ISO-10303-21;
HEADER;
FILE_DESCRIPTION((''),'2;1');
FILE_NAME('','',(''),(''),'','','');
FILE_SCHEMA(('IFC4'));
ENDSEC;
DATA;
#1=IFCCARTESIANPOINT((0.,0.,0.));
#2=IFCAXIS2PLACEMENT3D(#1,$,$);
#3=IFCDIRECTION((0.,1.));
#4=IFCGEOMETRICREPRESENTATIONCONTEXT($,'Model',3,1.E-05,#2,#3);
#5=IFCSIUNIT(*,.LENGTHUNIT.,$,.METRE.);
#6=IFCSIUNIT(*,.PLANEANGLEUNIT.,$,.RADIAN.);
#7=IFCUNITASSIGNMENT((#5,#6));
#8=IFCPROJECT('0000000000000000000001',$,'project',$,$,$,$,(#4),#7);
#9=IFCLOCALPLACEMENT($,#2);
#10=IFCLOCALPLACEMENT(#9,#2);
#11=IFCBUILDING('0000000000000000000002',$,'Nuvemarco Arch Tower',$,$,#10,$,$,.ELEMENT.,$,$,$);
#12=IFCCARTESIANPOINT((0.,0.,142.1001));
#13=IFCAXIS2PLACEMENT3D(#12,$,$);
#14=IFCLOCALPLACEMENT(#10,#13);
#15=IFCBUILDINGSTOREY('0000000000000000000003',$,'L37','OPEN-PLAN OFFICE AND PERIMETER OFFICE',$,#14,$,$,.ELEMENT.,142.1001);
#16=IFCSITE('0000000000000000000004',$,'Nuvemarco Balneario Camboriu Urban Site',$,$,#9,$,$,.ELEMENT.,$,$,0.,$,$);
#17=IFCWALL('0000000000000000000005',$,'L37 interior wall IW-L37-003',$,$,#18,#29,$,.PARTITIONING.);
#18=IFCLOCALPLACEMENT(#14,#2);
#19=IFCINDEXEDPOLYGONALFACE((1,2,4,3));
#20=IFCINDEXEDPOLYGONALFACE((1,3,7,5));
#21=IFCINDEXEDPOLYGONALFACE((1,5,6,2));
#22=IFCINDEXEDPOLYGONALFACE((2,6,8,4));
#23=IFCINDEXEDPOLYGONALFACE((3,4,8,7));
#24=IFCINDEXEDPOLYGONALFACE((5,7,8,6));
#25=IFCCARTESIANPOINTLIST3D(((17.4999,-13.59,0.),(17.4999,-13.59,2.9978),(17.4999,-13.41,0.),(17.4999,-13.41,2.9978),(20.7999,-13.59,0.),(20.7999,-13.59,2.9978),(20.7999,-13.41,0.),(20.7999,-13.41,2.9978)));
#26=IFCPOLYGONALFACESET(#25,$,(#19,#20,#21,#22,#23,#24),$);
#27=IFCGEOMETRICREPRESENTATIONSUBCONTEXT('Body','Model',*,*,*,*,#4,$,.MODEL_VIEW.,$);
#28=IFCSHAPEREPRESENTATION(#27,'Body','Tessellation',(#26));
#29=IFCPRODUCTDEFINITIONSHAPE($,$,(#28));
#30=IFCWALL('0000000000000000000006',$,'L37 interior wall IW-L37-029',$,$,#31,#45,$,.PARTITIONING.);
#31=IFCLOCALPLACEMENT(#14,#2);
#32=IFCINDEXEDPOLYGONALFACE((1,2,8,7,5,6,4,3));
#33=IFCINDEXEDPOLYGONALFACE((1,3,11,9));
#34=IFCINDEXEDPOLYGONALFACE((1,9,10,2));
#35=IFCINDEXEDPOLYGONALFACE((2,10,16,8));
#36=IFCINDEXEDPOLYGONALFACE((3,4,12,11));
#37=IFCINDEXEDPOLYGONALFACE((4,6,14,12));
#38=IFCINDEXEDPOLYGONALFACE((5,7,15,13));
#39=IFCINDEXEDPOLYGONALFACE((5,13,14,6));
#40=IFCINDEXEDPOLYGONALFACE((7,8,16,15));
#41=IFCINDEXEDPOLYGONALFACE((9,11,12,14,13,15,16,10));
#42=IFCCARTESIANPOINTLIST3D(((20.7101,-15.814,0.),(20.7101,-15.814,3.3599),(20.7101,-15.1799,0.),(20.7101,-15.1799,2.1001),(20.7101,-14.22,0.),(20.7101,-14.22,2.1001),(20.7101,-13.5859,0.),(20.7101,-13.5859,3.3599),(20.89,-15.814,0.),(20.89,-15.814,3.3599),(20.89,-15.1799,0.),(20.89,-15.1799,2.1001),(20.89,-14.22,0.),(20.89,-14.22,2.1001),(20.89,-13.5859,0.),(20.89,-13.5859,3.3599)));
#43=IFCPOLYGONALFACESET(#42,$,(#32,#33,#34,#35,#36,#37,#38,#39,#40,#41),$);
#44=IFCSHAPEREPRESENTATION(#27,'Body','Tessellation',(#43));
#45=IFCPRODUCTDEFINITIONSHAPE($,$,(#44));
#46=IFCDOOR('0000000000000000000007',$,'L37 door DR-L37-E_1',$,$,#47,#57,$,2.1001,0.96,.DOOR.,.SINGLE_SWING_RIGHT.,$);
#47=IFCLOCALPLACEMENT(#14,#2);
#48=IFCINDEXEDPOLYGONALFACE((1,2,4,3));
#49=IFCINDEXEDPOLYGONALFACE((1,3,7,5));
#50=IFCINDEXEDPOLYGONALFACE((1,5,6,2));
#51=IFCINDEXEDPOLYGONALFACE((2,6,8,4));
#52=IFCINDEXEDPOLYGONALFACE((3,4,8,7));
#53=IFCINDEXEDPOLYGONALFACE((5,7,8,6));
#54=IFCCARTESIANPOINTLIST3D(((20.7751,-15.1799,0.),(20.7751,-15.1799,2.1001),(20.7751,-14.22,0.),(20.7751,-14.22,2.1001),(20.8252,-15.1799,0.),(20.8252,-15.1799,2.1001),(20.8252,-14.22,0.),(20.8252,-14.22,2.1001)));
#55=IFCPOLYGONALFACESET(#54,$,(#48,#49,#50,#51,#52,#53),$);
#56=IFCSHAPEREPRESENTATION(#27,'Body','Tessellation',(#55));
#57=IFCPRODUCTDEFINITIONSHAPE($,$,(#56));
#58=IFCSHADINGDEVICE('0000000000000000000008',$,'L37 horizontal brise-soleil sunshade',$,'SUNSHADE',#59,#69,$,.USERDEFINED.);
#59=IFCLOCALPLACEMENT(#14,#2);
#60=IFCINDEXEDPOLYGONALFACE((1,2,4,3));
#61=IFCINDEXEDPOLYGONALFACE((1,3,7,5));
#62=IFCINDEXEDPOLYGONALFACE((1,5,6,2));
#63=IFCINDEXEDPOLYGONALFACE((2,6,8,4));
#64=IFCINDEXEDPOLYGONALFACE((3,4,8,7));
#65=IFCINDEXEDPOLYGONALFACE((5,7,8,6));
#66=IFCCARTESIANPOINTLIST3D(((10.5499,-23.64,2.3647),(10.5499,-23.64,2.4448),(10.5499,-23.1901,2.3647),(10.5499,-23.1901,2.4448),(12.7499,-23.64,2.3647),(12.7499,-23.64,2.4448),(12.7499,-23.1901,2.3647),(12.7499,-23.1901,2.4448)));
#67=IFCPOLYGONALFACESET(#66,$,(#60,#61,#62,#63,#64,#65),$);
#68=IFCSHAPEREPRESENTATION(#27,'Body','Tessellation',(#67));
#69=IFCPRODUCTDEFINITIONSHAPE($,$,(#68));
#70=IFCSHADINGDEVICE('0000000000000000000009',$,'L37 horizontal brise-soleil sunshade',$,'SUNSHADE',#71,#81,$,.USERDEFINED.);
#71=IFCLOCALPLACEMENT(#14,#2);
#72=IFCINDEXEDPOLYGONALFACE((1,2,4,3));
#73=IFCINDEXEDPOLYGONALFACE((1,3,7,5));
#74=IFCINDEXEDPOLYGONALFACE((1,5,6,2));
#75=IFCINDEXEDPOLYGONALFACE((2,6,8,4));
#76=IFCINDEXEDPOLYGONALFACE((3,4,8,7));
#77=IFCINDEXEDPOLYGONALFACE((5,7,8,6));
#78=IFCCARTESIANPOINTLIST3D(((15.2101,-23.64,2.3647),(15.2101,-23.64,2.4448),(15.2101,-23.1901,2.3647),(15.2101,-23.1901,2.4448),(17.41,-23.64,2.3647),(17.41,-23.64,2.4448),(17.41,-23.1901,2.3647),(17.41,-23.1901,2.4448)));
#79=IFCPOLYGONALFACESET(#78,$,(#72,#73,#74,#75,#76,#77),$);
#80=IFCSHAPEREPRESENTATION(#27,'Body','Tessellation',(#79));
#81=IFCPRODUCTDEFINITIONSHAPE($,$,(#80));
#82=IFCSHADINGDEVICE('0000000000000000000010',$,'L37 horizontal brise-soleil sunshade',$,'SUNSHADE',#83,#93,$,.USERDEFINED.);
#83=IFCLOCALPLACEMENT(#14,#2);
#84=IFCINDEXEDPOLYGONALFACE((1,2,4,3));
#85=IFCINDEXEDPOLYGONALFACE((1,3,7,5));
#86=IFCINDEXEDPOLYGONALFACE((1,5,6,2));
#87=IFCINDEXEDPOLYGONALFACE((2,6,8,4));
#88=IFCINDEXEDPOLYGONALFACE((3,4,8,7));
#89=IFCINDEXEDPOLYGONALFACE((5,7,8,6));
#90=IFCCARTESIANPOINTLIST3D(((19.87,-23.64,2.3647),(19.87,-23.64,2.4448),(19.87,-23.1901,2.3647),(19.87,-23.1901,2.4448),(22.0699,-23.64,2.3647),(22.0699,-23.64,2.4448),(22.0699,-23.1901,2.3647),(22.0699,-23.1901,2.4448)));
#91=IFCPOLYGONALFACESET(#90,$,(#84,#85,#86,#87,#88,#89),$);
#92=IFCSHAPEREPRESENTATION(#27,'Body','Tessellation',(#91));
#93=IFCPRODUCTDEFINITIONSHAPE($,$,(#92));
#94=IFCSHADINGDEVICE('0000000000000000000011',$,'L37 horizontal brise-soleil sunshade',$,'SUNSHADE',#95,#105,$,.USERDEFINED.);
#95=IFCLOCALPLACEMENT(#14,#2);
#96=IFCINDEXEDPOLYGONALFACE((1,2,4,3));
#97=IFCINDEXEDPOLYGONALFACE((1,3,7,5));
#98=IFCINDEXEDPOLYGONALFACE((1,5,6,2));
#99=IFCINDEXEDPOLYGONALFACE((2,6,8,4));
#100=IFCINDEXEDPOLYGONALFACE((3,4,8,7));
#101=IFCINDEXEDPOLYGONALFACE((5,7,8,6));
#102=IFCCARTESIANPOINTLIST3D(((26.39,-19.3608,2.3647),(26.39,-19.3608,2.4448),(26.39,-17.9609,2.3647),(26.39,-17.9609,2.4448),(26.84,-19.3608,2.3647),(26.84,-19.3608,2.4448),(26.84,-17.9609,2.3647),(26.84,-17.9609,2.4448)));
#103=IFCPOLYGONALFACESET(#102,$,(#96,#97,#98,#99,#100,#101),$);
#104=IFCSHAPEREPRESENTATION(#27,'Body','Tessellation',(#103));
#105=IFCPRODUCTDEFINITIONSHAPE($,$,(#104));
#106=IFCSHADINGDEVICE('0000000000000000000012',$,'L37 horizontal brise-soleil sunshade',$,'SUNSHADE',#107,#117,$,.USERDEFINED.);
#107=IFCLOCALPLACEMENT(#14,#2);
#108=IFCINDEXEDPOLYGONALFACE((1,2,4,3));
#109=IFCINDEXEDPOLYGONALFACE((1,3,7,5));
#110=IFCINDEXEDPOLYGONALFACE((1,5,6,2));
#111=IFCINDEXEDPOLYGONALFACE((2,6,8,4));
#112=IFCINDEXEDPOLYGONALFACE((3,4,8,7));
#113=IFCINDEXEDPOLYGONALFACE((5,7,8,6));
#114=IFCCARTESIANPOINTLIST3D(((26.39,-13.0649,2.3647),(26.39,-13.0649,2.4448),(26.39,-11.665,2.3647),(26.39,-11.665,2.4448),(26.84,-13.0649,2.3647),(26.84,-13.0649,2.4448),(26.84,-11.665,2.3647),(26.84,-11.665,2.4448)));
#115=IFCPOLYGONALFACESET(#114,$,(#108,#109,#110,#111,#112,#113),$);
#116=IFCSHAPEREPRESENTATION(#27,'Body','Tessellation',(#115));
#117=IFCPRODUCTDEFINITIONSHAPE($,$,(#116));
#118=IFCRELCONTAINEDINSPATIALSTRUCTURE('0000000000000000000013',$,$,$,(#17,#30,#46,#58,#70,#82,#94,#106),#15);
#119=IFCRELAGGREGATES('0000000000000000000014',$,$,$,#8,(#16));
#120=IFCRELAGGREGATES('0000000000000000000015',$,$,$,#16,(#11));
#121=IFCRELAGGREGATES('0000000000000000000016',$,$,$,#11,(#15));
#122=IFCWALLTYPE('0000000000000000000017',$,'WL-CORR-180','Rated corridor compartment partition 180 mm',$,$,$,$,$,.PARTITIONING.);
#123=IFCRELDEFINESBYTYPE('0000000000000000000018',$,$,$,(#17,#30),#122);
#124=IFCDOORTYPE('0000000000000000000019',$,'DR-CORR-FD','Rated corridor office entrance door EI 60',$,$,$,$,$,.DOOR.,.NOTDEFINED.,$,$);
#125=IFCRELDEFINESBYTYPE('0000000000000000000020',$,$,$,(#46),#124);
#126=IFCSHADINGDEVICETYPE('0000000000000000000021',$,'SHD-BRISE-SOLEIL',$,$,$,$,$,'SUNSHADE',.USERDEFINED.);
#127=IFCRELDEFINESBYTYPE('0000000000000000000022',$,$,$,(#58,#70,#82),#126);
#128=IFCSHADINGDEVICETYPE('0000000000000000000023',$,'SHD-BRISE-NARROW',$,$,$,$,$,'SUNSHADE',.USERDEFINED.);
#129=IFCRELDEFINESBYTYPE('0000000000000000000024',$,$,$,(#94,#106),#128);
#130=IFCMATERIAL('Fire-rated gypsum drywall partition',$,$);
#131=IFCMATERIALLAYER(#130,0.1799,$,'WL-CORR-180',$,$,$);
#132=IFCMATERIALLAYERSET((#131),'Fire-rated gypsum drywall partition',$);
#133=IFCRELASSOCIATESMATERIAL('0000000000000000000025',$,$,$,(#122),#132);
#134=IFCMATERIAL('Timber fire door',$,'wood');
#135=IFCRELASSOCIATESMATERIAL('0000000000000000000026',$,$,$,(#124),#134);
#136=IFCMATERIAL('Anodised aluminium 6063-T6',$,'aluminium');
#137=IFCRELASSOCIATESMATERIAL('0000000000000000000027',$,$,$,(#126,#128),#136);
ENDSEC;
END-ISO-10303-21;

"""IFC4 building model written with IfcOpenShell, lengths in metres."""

from ifc_helpers import new_model, si_unit, direction, frame, frame_2d, origin, origin_2d, place, context, subcontext, project, spatial, rectangle, extrude, source, transform, mapped, material, layer, layer_set, type_object, type_shapes, element, fill, save


model = new_model("IFC4")

# Units and contexts
model_context = context("Model", 3, precision=1e-05, world=origin(), true_north=direction((0.0, 1.0)))
body_context = subcontext(model_context, "Body", "Model", "MODEL_VIEW")
ifc_project = project(units=[si_unit("LENGTHUNIT", "METRE"), si_unit("PLANEANGLEUNIT", "RADIAN")], contexts=[model_context])

# Site, building, storey
site_placement = place(None, origin())
site = spatial("IfcSite", under=ifc_project, at=site_placement, Name="Nuvemarco Balneario Camboriu Urban Site", CompositionType="ELEMENT", RefElevation=0.0)
building_placement = place(site_placement, origin())
building = spatial("IfcBuilding", under=site, at=building_placement, Name="Nuvemarco Arch Tower", CompositionType="ELEMENT")
storey_placement = place(building_placement, frame((0.0, 0.0, 142.1001)))
storey = spatial("IfcBuildingStorey", under=building, at=storey_placement, Name="L37", Description="OPEN-PLAN OFFICE AND PERIMETER OFFICE", CompositionType="ELEMENT", Elevation=142.1001)

# Wall
ifc_material_1 = material(Name="Fire-rated gypsum drywall partition")
ifc_layer_1 = layer(ifc_material_1, 0.1799, Name="WL-CORR-180")
ifc_layer_set_1 = layer_set([ifc_layer_1], Name="Fire-rated gypsum drywall partition")
wall_type_1 = type_object("IfcWallType", Name="WL-CORR-180", Description="Rated corridor compartment partition 180 mm", PredefinedType="PARTITIONING", material=ifc_layer_set_1)
wall_1_placement = place(storey_placement, frame((17.5, -13.5, 0.0), z_axis=(0.0, 0.0, 1.0), x_axis=(1.0, 0.0, 0.0)))
element("IfcWall", 1, at=wall_1_placement, inside=storey, type_object=wall_type_1, Name="L37 interior wall IW-L37-003", PredefinedType="PARTITIONING", context=body_context, shape_type="SweptSolid", body=[
    extrude(rectangle(XDim=3.3, YDim=0.1799, at=frame_2d((1.6499, 0.0))), origin(), (0.0, 0.0, 1.0), 2.9978),
])

# Wall, opening, door
wall_2_placement = place(storey_placement, frame((20.8, -15.814, 0.0), z_axis=(0.0, 0.0, 1.0), x_axis=(0.0, 1.0, 0.0)))
wall_2 = element("IfcWall", 2, at=wall_2_placement, inside=storey, type_object=wall_type_1, Name="L37 interior wall IW-L37-029", PredefinedType="PARTITIONING", context=body_context, shape_type="SweptSolid", body=[
    extrude(rectangle(XDim=2.228, YDim=0.1799, at=frame_2d((1.114, 0.0))), origin(), (0.0, 0.0, 1.0), 3.3599),
])
opening_1_placement = place(wall_2_placement, frame((0.634, 0.0, 0.0)))
opening_1 = element("IfcOpeningElement", 3, at=opening_1_placement, cuts=wall_2, PredefinedType="OPENING", context=body_context, shape_type="SweptSolid", body=[
    extrude(rectangle(XDim=0.96, YDim=2.1001, at=frame_2d((0.48, 1.05))), frame((0.0, 0.0999, 0.0), z_axis=(0.0, -1.0, 0.0), x_axis=(1.0, 0.0, 0.0)), (0.0, 0.0, 1.0), 0.2),
])
ifc_material_2 = material(Name="Timber fire door", Category="wood")
door_type = type_object("IfcDoorType", Name="DR-CORR-FD", Description="Rated corridor office entrance door EI 60", OperationType="NOTDEFINED", PredefinedType="DOOR", material=ifc_material_2)
shared_shape_1 = source(origin(), body_context, "Body", "SweptSolid", [
    extrude(rectangle(XDim=0.96, YDim=2.1001, at=frame_2d((0.48, 1.05))), frame((0.0, 0.0249, 0.0), z_axis=(0.0, -1.0, 0.0), x_axis=(1.0, 0.0, 0.0)), (0.0, 0.0, 1.0), 0.05),
])
type_shapes(door_type, [shared_shape_1])
door_placement = place(opening_1_placement, origin())
door = element("IfcDoor", 4, at=door_placement, inside=storey, type_object=door_type, Name="L37 door DR-L37-E_1", OperationType="SINGLE_SWING_RIGHT", OverallHeight=2.1001, OverallWidth=0.96, PredefinedType="DOOR", context=body_context, shape_type="MappedRepresentation", body=[
    mapped(shared_shape_1, transform((0.0, 0.0, 0.0), scale=1.0)),
])
fill(opening_1, door)

# Shading devices
ifc_material_3 = material(Name="Anodised aluminium 6063-T6", Category="aluminium")
shading_device_type_1 = type_object("IfcShadingDeviceType", Name="SHD-BRISE-SOLEIL", ElementType="SUNSHADE", PredefinedType="USERDEFINED", material=ifc_material_3)
shared_shape_2 = source(origin(), body_context, "Body", "SweptSolid", [
    extrude(rectangle(XDim=2.2, YDim=0.45, at=origin_2d()), origin(), (0.0, 0.0, 1.0), 0.0801),
])
type_shapes(shading_device_type_1, [shared_shape_2])
for number, where, z_axis, x_axis, name in (
    (5, (11.6499, -23.415, 2.3647), (0.0, 0.0, 1.0), (1.0, 0.0, 0.0), "L37 horizontal brise-soleil sunshade"),
    (6, (16.3101, -23.415, 2.3647), (0.0, 0.0, 1.0), (1.0, 0.0, 0.0), "L37 horizontal brise-soleil sunshade"),
    (7, (20.97, -23.415, 2.3647), (0.0, 0.0, 1.0), (1.0, 0.0, 0.0), "L37 horizontal brise-soleil sunshade"),
):
    element("IfcShadingDevice", number, at=place(storey_placement, frame(where, z_axis=z_axis, x_axis=x_axis)), inside=storey, type_object=shading_device_type_1, Name=name, ObjectType="SUNSHADE", PredefinedType="USERDEFINED", context=body_context, shape_type="MappedRepresentation", body=[
        mapped(shared_shape_2, transform((0.0, 0.0, 0.0), scale=1.0)),
    ])
shading_device_type_2 = type_object("IfcShadingDeviceType", Name="SHD-BRISE-NARROW", ElementType="SUNSHADE", PredefinedType="USERDEFINED", material=ifc_material_3)
shared_shape_3 = source(origin(), body_context, "Body", "SweptSolid", [
    extrude(rectangle(XDim=1.3999, YDim=0.45, at=origin_2d()), origin(), (0.0, 0.0, 1.0), 0.0801),
])
type_shapes(shading_device_type_2, [shared_shape_3])
for number, where, z_axis, x_axis, name in (
    (8, (26.615, -18.6609, 2.3647), (0.0, 0.0, 1.0), (0.0, 1.0, 0.0), "L37 horizontal brise-soleil sunshade"),
    (9, (26.615, -12.365, 2.3647), (0.0, 0.0, 1.0), (0.0, 1.0, 0.0), "L37 horizontal brise-soleil sunshade"),
):
    element("IfcShadingDevice", number, at=place(storey_placement, frame(where, z_axis=z_axis, x_axis=x_axis)), inside=storey, type_object=shading_device_type_2, Name=name, ObjectType="SUNSHADE", PredefinedType="USERDEFINED", context=body_context, shape_type="MappedRepresentation", body=[
        mapped(shared_shape_3, transform((0.0, 0.0, 0.0), scale=1.0)),
    ])

save(model, "model.ifc")
